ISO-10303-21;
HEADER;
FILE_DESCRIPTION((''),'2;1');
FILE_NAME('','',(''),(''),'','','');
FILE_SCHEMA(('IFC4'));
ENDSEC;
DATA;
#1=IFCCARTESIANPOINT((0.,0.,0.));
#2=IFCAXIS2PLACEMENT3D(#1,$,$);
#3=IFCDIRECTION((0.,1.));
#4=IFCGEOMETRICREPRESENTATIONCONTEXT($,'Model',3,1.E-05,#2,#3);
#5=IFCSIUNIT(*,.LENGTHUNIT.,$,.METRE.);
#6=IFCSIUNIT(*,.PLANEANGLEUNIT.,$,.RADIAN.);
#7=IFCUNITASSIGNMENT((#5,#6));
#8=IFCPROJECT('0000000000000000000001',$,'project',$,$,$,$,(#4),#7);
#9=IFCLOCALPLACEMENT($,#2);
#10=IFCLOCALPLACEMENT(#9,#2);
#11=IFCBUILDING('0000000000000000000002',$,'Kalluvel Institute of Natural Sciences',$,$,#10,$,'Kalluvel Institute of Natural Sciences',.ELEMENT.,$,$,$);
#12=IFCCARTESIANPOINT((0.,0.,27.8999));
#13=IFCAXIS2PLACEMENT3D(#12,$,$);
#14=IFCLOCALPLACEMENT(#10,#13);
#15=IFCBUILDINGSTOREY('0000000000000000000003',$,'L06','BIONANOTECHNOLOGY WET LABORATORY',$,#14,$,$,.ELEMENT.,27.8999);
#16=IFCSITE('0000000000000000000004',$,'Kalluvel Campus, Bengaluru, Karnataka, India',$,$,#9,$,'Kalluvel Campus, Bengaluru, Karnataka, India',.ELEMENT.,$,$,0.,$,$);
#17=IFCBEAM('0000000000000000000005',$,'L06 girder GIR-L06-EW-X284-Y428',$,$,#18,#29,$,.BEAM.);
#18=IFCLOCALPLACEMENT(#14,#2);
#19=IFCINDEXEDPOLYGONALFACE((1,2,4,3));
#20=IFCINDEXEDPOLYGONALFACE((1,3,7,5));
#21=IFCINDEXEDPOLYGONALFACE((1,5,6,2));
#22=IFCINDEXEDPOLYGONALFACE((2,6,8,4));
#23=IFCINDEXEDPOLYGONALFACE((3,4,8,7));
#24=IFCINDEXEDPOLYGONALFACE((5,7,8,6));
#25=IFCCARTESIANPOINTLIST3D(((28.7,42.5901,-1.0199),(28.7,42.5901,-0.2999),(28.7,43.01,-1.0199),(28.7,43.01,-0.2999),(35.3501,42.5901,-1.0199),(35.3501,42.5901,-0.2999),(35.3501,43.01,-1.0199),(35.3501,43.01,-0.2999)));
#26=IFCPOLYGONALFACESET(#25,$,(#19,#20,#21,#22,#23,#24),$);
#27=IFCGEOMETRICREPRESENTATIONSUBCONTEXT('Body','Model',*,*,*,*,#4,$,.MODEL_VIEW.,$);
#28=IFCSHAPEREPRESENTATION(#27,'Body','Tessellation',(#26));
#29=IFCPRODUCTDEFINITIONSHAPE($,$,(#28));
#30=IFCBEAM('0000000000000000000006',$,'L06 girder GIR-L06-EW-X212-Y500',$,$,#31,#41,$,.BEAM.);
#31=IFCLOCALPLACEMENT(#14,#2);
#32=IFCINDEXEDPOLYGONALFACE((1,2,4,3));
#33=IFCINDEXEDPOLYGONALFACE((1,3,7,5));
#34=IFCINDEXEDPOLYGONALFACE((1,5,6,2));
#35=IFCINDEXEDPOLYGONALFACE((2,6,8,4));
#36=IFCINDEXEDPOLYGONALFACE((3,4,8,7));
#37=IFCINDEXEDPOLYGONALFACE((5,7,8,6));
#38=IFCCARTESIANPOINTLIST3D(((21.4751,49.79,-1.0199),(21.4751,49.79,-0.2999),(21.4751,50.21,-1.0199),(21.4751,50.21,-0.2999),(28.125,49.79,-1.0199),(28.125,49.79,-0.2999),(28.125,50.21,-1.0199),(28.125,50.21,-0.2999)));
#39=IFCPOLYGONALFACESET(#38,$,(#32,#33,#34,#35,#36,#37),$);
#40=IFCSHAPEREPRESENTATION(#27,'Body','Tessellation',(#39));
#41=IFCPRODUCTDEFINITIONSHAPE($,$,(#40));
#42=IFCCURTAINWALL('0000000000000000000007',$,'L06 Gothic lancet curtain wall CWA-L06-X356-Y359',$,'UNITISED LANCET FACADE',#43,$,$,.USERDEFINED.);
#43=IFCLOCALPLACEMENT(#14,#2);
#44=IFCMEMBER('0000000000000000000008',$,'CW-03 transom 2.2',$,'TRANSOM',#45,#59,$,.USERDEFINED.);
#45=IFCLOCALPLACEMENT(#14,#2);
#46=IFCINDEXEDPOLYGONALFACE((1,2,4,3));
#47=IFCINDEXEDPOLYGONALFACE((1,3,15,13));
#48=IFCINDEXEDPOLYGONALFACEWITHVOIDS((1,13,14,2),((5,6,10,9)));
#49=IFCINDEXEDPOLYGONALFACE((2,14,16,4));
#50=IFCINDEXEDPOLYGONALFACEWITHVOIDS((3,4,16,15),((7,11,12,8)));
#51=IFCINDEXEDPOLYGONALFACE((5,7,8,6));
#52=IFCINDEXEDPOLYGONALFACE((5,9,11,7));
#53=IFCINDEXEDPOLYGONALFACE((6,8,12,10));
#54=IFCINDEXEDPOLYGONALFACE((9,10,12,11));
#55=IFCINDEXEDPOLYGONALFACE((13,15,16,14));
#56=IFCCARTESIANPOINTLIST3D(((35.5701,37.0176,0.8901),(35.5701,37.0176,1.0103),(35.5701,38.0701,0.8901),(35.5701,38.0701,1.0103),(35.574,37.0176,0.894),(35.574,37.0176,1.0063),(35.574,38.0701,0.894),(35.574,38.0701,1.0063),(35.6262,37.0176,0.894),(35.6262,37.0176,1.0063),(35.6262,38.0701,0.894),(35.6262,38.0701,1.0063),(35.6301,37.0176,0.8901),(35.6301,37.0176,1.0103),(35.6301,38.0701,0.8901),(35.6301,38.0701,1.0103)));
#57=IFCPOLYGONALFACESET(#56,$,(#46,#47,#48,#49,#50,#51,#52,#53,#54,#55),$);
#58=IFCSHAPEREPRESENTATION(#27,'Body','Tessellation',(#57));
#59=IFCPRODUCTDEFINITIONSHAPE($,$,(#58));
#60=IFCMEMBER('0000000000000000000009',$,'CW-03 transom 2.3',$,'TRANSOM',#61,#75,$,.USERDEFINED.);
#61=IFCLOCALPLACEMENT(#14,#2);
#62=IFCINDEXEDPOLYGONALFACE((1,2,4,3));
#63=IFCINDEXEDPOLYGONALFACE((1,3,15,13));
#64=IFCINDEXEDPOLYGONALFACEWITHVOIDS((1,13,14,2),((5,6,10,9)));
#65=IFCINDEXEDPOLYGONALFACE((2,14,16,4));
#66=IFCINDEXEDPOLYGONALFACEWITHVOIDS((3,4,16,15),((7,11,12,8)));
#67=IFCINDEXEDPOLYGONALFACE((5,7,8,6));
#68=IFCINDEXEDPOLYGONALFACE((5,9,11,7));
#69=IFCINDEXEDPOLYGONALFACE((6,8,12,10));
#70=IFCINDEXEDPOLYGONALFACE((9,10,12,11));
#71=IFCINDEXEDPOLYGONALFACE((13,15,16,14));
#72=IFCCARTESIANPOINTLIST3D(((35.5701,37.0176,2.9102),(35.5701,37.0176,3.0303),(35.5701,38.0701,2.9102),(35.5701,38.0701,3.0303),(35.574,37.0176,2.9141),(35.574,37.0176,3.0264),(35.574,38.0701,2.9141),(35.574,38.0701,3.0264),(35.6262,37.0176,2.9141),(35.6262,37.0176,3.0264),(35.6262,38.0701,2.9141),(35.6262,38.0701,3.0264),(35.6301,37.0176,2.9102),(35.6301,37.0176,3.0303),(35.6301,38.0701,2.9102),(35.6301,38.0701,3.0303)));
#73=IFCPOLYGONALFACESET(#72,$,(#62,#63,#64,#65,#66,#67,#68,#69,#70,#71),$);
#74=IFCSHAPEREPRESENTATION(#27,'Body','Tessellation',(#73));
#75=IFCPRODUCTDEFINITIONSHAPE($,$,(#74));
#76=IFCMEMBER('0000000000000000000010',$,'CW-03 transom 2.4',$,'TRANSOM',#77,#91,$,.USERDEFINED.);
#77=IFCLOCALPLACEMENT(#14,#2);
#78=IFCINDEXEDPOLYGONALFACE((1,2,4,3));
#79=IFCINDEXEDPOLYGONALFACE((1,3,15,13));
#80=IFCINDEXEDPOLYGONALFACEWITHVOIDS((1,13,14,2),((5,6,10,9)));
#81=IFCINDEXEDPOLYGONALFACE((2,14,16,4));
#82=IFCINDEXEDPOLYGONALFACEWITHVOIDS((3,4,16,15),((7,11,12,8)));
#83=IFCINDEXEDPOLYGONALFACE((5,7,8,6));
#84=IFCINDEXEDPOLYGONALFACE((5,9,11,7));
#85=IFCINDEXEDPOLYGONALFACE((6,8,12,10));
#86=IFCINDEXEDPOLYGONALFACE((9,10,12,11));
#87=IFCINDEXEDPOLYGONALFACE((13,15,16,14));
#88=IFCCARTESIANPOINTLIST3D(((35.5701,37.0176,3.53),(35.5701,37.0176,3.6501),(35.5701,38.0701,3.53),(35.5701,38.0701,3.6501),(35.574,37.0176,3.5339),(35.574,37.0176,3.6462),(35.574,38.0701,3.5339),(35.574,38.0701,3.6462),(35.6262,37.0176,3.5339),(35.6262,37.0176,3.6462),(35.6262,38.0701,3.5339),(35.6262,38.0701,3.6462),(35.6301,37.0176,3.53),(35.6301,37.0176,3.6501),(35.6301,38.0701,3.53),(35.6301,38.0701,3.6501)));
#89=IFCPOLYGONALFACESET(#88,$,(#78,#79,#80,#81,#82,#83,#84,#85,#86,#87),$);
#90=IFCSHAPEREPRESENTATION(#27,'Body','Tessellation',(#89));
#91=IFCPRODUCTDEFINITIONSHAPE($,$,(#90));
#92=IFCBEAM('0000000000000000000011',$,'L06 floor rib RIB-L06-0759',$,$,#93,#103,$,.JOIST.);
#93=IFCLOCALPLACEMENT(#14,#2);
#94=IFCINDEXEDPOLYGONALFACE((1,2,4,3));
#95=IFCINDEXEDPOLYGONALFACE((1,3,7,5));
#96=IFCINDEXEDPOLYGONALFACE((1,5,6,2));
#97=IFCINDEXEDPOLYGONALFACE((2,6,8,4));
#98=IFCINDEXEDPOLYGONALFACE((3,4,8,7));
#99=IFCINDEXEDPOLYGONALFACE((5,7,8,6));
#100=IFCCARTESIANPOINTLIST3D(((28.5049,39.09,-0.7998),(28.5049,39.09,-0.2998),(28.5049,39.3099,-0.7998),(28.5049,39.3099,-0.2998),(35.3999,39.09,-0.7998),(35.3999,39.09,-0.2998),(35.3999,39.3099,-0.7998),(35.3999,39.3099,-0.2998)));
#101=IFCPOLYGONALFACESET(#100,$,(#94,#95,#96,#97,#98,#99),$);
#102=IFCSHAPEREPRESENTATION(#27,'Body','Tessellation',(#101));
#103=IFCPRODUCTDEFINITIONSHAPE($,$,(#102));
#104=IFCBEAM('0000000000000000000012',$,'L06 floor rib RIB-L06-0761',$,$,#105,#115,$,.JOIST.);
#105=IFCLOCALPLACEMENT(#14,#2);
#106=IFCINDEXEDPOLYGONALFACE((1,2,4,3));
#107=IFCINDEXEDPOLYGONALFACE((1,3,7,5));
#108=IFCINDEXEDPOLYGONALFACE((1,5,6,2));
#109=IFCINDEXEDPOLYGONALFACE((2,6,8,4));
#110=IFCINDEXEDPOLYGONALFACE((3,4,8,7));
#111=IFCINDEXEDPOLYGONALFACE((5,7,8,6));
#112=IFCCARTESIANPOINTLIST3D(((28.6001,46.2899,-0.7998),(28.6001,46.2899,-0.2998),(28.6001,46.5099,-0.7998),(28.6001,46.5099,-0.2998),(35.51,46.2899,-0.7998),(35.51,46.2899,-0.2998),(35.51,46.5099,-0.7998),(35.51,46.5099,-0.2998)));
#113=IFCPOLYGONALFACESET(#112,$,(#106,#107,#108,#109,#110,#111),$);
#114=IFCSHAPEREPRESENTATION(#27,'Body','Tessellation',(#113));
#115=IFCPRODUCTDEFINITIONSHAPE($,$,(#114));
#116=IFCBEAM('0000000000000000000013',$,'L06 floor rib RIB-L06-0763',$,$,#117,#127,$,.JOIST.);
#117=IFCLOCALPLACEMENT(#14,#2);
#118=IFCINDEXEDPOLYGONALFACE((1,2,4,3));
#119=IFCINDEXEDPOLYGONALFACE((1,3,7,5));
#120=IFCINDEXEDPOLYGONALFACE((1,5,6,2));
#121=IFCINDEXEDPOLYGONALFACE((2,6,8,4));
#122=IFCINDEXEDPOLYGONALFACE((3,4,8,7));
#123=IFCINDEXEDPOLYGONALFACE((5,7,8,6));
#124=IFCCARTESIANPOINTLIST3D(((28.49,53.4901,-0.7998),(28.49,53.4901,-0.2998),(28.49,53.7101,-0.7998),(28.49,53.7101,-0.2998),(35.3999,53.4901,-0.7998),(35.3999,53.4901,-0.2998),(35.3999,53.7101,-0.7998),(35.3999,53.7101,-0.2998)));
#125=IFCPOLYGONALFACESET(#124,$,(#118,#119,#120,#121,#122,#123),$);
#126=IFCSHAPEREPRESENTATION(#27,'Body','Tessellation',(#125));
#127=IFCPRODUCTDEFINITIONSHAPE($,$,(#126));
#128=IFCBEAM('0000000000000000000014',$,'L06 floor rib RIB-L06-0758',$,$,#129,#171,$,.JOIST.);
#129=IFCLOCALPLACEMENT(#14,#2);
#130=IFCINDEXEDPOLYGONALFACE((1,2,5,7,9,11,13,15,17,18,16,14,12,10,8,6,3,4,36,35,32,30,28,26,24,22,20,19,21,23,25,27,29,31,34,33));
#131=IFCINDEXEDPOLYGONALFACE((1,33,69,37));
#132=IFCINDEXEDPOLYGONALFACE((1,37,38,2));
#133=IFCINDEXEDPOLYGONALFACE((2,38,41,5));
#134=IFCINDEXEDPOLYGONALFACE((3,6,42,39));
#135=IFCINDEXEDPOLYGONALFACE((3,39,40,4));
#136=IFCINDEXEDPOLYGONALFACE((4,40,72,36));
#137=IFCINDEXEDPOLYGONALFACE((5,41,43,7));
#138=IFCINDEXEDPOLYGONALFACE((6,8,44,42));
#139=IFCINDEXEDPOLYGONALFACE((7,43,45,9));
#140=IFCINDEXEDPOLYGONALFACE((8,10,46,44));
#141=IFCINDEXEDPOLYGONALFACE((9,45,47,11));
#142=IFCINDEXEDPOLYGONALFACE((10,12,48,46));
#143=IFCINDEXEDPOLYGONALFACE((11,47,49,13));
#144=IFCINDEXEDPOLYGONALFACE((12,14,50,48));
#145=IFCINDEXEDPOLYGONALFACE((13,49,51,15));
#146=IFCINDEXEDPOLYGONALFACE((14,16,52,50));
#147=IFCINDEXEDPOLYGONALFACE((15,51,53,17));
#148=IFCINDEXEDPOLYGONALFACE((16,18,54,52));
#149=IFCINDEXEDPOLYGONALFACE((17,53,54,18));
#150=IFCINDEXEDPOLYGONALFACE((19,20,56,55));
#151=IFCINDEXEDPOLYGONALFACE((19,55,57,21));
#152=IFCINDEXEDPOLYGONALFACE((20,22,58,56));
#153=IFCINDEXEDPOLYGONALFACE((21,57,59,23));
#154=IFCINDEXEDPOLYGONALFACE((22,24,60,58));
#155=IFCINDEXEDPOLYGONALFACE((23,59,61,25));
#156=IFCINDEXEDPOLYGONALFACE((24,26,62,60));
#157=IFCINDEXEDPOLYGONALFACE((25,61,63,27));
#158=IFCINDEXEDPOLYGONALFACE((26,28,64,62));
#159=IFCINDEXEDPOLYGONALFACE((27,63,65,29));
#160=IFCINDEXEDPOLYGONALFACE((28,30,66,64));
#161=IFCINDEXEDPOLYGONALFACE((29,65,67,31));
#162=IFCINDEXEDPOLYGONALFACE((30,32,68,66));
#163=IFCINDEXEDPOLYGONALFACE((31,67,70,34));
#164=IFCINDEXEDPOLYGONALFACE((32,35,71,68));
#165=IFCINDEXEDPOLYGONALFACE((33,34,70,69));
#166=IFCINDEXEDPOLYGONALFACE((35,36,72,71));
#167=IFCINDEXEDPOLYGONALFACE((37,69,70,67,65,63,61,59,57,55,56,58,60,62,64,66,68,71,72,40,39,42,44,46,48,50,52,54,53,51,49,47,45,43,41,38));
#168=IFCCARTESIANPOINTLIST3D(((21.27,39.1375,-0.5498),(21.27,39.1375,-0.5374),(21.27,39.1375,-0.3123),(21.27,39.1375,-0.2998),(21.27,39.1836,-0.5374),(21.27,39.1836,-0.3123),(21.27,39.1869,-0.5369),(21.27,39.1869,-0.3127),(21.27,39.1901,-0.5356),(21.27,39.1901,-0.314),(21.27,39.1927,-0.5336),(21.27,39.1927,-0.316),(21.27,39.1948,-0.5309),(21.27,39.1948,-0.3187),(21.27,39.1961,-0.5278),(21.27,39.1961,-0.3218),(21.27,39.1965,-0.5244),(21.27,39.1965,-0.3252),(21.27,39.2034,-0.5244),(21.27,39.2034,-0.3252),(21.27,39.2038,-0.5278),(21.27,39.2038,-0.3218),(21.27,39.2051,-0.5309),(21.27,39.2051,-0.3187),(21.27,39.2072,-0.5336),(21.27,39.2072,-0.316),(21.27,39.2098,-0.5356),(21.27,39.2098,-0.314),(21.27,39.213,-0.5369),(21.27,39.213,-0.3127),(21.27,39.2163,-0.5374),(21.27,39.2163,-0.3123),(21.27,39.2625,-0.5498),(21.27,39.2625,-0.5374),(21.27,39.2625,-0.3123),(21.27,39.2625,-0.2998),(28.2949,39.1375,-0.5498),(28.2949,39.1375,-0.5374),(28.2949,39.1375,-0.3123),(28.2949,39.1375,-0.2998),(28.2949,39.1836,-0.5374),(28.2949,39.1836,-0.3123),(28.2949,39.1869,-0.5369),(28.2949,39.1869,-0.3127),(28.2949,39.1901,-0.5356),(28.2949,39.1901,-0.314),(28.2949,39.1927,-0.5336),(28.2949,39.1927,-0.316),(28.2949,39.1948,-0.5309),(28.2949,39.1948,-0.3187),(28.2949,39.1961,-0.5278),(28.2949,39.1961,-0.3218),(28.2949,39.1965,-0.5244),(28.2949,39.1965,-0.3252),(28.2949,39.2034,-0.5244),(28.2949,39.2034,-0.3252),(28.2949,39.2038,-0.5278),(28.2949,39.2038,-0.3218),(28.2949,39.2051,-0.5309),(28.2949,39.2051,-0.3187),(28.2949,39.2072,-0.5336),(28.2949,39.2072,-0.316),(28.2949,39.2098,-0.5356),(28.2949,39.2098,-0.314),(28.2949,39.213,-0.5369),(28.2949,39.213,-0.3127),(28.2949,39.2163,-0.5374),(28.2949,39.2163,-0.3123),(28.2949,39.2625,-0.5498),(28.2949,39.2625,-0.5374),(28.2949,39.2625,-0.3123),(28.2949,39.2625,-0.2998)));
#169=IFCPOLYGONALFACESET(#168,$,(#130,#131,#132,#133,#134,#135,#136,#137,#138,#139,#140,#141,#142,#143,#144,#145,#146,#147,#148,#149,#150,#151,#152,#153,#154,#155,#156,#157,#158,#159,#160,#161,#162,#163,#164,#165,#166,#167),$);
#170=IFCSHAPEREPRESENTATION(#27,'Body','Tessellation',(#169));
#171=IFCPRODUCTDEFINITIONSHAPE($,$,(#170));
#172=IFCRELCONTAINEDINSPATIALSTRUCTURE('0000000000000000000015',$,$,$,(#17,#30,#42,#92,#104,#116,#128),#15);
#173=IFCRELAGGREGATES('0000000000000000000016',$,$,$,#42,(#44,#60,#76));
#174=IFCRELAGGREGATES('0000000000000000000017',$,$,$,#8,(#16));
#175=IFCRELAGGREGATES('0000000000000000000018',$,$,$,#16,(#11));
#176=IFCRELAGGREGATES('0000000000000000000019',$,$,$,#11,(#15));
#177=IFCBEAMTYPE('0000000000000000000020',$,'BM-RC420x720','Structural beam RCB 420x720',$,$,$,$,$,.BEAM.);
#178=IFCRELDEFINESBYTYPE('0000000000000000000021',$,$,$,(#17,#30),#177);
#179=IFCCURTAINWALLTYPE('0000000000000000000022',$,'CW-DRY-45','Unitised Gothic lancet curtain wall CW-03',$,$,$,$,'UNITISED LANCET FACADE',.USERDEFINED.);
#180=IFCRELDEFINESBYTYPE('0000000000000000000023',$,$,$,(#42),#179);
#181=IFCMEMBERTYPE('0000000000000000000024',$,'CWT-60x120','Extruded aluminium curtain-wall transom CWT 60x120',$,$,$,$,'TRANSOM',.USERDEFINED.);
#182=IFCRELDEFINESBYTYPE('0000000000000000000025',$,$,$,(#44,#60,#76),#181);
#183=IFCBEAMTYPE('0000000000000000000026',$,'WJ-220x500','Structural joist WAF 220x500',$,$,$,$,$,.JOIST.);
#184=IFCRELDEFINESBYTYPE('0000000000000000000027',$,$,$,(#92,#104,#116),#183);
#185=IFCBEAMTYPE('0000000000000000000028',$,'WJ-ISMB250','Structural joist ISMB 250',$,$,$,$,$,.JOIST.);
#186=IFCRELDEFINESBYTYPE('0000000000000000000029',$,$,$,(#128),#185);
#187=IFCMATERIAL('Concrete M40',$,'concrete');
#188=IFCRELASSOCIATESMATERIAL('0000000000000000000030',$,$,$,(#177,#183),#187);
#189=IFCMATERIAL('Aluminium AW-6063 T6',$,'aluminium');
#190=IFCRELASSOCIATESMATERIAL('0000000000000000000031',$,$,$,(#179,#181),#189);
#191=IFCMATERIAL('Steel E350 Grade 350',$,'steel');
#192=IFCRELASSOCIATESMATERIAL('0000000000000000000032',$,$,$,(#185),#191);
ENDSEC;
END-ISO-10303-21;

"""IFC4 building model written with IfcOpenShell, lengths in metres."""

from ifc_helpers import new_model, si_unit, direction, frame, origin, origin_2d, place, context, subcontext, project, spatial, rectangle, hollow_rectangle, i_section, extrude, material, material_profile, profile_set, type_object, element, aggregate, save


model = new_model("IFC4")

# Units and contexts
model_context = context("Model", 3, precision=1e-05, world=origin(), true_north=direction((0.0, 1.0)))
body_context = subcontext(model_context, "Body", "Model", "MODEL_VIEW")
ifc_project = project(units=[si_unit("LENGTHUNIT", "METRE"), si_unit("PLANEANGLEUNIT", "RADIAN")], contexts=[model_context])

# Site, building, storey
site_placement = place(None, origin())
site = spatial("IfcSite", under=ifc_project, at=site_placement, Name="Kalluvel Campus, Bengaluru, Karnataka, India", LongName="Kalluvel Campus, Bengaluru, Karnataka, India", CompositionType="ELEMENT", RefElevation=0.0)
building_placement = place(site_placement, origin())
building = spatial("IfcBuilding", under=site, at=building_placement, Name="Kalluvel Institute of Natural Sciences", LongName="Kalluvel Institute of Natural Sciences", CompositionType="ELEMENT")
storey_placement = place(building_placement, frame((0.0, 0.0, 27.8999)))
storey = spatial("IfcBuildingStorey", under=building, at=storey_placement, Name="L06", Description="BIONANOTECHNOLOGY WET LABORATORY", CompositionType="ELEMENT", Elevation=27.8999)

# Shared definitions
ifc_material_1 = material(Name="Steel E350 Grade 350", Category="steel")
ifc_material_2 = material(Name="Concrete M40", Category="concrete")

# Beams
ifc_material_profile_1 = material_profile(ifc_material_2, rectangle(XDim=0.4199, YDim=0.72, at=origin_2d()), Name="RCB 420x720")
ifc_profile_set_1 = profile_set([ifc_material_profile_1], Name="Concrete M40")
beam_type_1 = type_object("IfcBeamType", Name="BM-RC420x720", Description="Structural beam RCB 420x720", PredefinedType="BEAM", material=ifc_profile_set_1)
beam_1_placement = place(storey_placement, frame((28.7, 42.8, -0.6599), z_axis=(1.0, 0.0, 0.0), x_axis=(0.0, 1.0, 0.0)))
element("IfcBeam", 1, at=beam_1_placement, inside=storey, type_object=beam_type_1, Name="L06 girder GIR-L06-EW-X284-Y428", PredefinedType="BEAM", context=body_context, shape_type="SweptSolid", body=[
    extrude(rectangle(XDim=0.4199, YDim=0.72, at=origin_2d()), origin(), (0.0, 0.0, 1.0), 6.6501),
])
beam_2_placement = place(storey_placement, frame((21.4751, 50.0, -0.6599), z_axis=(1.0, 0.0, 0.0), x_axis=(0.0, 1.0, 0.0)))
element("IfcBeam", 2, at=beam_2_placement, inside=storey, type_object=beam_type_1, Name="L06 girder GIR-L06-EW-X212-Y500", PredefinedType="BEAM", context=body_context, shape_type="SweptSolid", body=[
    extrude(rectangle(XDim=0.4199, YDim=0.72, at=origin_2d()), origin(), (0.0, 0.0, 1.0), 6.6499),
])

# Curtain wall, members
ifc_material_3 = material(Name="Aluminium AW-6063 T6", Category="aluminium")
curtain_wall_type = type_object("IfcCurtainWallType", Name="CW-DRY-45", Description="Unitised Gothic lancet curtain wall CW-03", ElementType="UNITISED LANCET FACADE", PredefinedType="USERDEFINED", material=ifc_material_3)
curtain_wall_placement = place(storey_placement, origin())
curtain_wall = element("IfcCurtainWall", 3, at=curtain_wall_placement, inside=storey, type_object=curtain_wall_type, Name="L06 Gothic lancet curtain wall CWA-L06-X356-Y359", ObjectType="UNITISED LANCET FACADE", PredefinedType="USERDEFINED")
ifc_material_profile_2 = material_profile(ifc_material_3, hollow_rectangle(XDim=0.0601, YDim=0.1201, WallThickness=0.0039, at=origin_2d()), Name="CWT 60x120")
ifc_profile_set_2 = profile_set([ifc_material_profile_2], Name="Aluminium AW-6063 T6")
member_type = type_object("IfcMemberType", Name="CWT-60x120", Description="Extruded aluminium curtain-wall transom CWT 60x120", ElementType="TRANSOM", PredefinedType="USERDEFINED", material=ifc_profile_set_2)
member_1_placement = place(storey_placement, frame((35.6001, 37.0176, 0.9502), z_axis=(0.0, 1.0, 0.0), x_axis=(-1.0, 0.0, 0.0)))
member_1 = element("IfcMember", 4, at=member_1_placement, type_object=member_type, Name="CW-03 transom 2.2", ObjectType="TRANSOM", PredefinedType="USERDEFINED", context=body_context, shape_type="SweptSolid", body=[
    extrude(hollow_rectangle(XDim=0.0601, YDim=0.1201, WallThickness=0.0039, at=origin_2d()), origin(), (0.0, 0.0, 1.0), 1.0525),
])
member_2_placement = place(storey_placement, frame((35.6001, 37.0176, 2.9702), z_axis=(0.0, 1.0, 0.0), x_axis=(-1.0, 0.0, 0.0)))
member_2 = element("IfcMember", 5, at=member_2_placement, type_object=member_type, Name="CW-03 transom 2.3", ObjectType="TRANSOM", PredefinedType="USERDEFINED", context=body_context, shape_type="SweptSolid", body=[
    extrude(hollow_rectangle(XDim=0.0601, YDim=0.1201, WallThickness=0.0039, at=origin_2d()), origin(), (0.0, 0.0, 1.0), 1.0525),
])
member_3_placement = place(storey_placement, frame((35.6001, 37.0176, 3.5901), z_axis=(0.0, 1.0, 0.0), x_axis=(-1.0, 0.0, 0.0)))
member_3 = element("IfcMember", 6, at=member_3_placement, type_object=member_type, Name="CW-03 transom 2.4", ObjectType="TRANSOM", PredefinedType="USERDEFINED", context=body_context, shape_type="SweptSolid", body=[
    extrude(hollow_rectangle(XDim=0.0601, YDim=0.1201, WallThickness=0.0039, at=origin_2d()), origin(), (0.0, 0.0, 1.0), 1.0525),
])

# Beams
ifc_material_profile_3 = material_profile(ifc_material_2, rectangle(XDim=0.22, YDim=0.5, at=origin_2d()), Name="WAF 220x500")
ifc_profile_set_3 = profile_set([ifc_material_profile_3], Name="Concrete M40")
beam_type_2 = type_object("IfcBeamType", Name="WJ-220x500", Description="Structural joist WAF 220x500", PredefinedType="JOIST", material=ifc_profile_set_3)
beam_3_placement = place(storey_placement, frame((28.5049, 39.2, -0.5498), z_axis=(1.0, 0.0, 0.0), x_axis=(0.0, 1.0, 0.0)))
element("IfcBeam", 7, at=beam_3_placement, inside=storey, type_object=beam_type_2, Name="L06 floor rib RIB-L06-0759", PredefinedType="JOIST", context=body_context, shape_type="SweptSolid", body=[
    extrude(rectangle(XDim=0.22, YDim=0.5, at=origin_2d()), origin(), (0.0, 0.0, 1.0), 6.895),
])
for number, where, z_axis, x_axis, name in (
    (8, (28.6001, 46.3999, -0.5498), (1.0, 0.0, 0.0), (0.0, 1.0, 0.0), "L06 floor rib RIB-L06-0761"),
    (9, (28.49, 53.6001, -0.5498), (1.0, 0.0, 0.0), (0.0, 1.0, 0.0), "L06 floor rib RIB-L06-0763"),
):
    element("IfcBeam", number, at=place(storey_placement, frame(where, z_axis=z_axis, x_axis=x_axis)), inside=storey, type_object=beam_type_2, Name=name, PredefinedType="JOIST", context=body_context, shape_type="SweptSolid", body=[
        extrude(rectangle(XDim=0.22, YDim=0.5, at=origin_2d()), origin(), (0.0, 0.0, 1.0), 6.9099),
    ])
ifc_material_profile_4 = material_profile(ifc_material_1, i_section(OverallWidth=0.125, OverallDepth=0.25, WebThickness=0.0068, FlangeThickness=0.0125, FilletRadius=0.0129, at=origin_2d()), Name="ISMB 250")
ifc_profile_set_4 = profile_set([ifc_material_profile_4], Name="Steel E350 Grade 350")
beam_type_3 = type_object("IfcBeamType", Name="WJ-ISMB250", Description="Structural joist ISMB 250", PredefinedType="JOIST", material=ifc_profile_set_4)
beam_4_placement = place(storey_placement, frame((21.27, 39.2, -0.4248), z_axis=(1.0, 0.0, 0.0), x_axis=(0.0, 1.0, 0.0)))
element("IfcBeam", 10, at=beam_4_placement, inside=storey, type_object=beam_type_3, Name="L06 floor rib RIB-L06-0758", PredefinedType="JOIST", context=body_context, shape_type="SweptSolid", body=[
    extrude(i_section(OverallWidth=0.125, OverallDepth=0.25, WebThickness=0.0068, FlangeThickness=0.0125, FilletRadius=0.0129, at=origin_2d()), origin(), (0.0, 0.0, 1.0), 7.0249),
])

aggregate(curtain_wall, [member_1, member_2, member_3])

save(model, "model.ifc")
